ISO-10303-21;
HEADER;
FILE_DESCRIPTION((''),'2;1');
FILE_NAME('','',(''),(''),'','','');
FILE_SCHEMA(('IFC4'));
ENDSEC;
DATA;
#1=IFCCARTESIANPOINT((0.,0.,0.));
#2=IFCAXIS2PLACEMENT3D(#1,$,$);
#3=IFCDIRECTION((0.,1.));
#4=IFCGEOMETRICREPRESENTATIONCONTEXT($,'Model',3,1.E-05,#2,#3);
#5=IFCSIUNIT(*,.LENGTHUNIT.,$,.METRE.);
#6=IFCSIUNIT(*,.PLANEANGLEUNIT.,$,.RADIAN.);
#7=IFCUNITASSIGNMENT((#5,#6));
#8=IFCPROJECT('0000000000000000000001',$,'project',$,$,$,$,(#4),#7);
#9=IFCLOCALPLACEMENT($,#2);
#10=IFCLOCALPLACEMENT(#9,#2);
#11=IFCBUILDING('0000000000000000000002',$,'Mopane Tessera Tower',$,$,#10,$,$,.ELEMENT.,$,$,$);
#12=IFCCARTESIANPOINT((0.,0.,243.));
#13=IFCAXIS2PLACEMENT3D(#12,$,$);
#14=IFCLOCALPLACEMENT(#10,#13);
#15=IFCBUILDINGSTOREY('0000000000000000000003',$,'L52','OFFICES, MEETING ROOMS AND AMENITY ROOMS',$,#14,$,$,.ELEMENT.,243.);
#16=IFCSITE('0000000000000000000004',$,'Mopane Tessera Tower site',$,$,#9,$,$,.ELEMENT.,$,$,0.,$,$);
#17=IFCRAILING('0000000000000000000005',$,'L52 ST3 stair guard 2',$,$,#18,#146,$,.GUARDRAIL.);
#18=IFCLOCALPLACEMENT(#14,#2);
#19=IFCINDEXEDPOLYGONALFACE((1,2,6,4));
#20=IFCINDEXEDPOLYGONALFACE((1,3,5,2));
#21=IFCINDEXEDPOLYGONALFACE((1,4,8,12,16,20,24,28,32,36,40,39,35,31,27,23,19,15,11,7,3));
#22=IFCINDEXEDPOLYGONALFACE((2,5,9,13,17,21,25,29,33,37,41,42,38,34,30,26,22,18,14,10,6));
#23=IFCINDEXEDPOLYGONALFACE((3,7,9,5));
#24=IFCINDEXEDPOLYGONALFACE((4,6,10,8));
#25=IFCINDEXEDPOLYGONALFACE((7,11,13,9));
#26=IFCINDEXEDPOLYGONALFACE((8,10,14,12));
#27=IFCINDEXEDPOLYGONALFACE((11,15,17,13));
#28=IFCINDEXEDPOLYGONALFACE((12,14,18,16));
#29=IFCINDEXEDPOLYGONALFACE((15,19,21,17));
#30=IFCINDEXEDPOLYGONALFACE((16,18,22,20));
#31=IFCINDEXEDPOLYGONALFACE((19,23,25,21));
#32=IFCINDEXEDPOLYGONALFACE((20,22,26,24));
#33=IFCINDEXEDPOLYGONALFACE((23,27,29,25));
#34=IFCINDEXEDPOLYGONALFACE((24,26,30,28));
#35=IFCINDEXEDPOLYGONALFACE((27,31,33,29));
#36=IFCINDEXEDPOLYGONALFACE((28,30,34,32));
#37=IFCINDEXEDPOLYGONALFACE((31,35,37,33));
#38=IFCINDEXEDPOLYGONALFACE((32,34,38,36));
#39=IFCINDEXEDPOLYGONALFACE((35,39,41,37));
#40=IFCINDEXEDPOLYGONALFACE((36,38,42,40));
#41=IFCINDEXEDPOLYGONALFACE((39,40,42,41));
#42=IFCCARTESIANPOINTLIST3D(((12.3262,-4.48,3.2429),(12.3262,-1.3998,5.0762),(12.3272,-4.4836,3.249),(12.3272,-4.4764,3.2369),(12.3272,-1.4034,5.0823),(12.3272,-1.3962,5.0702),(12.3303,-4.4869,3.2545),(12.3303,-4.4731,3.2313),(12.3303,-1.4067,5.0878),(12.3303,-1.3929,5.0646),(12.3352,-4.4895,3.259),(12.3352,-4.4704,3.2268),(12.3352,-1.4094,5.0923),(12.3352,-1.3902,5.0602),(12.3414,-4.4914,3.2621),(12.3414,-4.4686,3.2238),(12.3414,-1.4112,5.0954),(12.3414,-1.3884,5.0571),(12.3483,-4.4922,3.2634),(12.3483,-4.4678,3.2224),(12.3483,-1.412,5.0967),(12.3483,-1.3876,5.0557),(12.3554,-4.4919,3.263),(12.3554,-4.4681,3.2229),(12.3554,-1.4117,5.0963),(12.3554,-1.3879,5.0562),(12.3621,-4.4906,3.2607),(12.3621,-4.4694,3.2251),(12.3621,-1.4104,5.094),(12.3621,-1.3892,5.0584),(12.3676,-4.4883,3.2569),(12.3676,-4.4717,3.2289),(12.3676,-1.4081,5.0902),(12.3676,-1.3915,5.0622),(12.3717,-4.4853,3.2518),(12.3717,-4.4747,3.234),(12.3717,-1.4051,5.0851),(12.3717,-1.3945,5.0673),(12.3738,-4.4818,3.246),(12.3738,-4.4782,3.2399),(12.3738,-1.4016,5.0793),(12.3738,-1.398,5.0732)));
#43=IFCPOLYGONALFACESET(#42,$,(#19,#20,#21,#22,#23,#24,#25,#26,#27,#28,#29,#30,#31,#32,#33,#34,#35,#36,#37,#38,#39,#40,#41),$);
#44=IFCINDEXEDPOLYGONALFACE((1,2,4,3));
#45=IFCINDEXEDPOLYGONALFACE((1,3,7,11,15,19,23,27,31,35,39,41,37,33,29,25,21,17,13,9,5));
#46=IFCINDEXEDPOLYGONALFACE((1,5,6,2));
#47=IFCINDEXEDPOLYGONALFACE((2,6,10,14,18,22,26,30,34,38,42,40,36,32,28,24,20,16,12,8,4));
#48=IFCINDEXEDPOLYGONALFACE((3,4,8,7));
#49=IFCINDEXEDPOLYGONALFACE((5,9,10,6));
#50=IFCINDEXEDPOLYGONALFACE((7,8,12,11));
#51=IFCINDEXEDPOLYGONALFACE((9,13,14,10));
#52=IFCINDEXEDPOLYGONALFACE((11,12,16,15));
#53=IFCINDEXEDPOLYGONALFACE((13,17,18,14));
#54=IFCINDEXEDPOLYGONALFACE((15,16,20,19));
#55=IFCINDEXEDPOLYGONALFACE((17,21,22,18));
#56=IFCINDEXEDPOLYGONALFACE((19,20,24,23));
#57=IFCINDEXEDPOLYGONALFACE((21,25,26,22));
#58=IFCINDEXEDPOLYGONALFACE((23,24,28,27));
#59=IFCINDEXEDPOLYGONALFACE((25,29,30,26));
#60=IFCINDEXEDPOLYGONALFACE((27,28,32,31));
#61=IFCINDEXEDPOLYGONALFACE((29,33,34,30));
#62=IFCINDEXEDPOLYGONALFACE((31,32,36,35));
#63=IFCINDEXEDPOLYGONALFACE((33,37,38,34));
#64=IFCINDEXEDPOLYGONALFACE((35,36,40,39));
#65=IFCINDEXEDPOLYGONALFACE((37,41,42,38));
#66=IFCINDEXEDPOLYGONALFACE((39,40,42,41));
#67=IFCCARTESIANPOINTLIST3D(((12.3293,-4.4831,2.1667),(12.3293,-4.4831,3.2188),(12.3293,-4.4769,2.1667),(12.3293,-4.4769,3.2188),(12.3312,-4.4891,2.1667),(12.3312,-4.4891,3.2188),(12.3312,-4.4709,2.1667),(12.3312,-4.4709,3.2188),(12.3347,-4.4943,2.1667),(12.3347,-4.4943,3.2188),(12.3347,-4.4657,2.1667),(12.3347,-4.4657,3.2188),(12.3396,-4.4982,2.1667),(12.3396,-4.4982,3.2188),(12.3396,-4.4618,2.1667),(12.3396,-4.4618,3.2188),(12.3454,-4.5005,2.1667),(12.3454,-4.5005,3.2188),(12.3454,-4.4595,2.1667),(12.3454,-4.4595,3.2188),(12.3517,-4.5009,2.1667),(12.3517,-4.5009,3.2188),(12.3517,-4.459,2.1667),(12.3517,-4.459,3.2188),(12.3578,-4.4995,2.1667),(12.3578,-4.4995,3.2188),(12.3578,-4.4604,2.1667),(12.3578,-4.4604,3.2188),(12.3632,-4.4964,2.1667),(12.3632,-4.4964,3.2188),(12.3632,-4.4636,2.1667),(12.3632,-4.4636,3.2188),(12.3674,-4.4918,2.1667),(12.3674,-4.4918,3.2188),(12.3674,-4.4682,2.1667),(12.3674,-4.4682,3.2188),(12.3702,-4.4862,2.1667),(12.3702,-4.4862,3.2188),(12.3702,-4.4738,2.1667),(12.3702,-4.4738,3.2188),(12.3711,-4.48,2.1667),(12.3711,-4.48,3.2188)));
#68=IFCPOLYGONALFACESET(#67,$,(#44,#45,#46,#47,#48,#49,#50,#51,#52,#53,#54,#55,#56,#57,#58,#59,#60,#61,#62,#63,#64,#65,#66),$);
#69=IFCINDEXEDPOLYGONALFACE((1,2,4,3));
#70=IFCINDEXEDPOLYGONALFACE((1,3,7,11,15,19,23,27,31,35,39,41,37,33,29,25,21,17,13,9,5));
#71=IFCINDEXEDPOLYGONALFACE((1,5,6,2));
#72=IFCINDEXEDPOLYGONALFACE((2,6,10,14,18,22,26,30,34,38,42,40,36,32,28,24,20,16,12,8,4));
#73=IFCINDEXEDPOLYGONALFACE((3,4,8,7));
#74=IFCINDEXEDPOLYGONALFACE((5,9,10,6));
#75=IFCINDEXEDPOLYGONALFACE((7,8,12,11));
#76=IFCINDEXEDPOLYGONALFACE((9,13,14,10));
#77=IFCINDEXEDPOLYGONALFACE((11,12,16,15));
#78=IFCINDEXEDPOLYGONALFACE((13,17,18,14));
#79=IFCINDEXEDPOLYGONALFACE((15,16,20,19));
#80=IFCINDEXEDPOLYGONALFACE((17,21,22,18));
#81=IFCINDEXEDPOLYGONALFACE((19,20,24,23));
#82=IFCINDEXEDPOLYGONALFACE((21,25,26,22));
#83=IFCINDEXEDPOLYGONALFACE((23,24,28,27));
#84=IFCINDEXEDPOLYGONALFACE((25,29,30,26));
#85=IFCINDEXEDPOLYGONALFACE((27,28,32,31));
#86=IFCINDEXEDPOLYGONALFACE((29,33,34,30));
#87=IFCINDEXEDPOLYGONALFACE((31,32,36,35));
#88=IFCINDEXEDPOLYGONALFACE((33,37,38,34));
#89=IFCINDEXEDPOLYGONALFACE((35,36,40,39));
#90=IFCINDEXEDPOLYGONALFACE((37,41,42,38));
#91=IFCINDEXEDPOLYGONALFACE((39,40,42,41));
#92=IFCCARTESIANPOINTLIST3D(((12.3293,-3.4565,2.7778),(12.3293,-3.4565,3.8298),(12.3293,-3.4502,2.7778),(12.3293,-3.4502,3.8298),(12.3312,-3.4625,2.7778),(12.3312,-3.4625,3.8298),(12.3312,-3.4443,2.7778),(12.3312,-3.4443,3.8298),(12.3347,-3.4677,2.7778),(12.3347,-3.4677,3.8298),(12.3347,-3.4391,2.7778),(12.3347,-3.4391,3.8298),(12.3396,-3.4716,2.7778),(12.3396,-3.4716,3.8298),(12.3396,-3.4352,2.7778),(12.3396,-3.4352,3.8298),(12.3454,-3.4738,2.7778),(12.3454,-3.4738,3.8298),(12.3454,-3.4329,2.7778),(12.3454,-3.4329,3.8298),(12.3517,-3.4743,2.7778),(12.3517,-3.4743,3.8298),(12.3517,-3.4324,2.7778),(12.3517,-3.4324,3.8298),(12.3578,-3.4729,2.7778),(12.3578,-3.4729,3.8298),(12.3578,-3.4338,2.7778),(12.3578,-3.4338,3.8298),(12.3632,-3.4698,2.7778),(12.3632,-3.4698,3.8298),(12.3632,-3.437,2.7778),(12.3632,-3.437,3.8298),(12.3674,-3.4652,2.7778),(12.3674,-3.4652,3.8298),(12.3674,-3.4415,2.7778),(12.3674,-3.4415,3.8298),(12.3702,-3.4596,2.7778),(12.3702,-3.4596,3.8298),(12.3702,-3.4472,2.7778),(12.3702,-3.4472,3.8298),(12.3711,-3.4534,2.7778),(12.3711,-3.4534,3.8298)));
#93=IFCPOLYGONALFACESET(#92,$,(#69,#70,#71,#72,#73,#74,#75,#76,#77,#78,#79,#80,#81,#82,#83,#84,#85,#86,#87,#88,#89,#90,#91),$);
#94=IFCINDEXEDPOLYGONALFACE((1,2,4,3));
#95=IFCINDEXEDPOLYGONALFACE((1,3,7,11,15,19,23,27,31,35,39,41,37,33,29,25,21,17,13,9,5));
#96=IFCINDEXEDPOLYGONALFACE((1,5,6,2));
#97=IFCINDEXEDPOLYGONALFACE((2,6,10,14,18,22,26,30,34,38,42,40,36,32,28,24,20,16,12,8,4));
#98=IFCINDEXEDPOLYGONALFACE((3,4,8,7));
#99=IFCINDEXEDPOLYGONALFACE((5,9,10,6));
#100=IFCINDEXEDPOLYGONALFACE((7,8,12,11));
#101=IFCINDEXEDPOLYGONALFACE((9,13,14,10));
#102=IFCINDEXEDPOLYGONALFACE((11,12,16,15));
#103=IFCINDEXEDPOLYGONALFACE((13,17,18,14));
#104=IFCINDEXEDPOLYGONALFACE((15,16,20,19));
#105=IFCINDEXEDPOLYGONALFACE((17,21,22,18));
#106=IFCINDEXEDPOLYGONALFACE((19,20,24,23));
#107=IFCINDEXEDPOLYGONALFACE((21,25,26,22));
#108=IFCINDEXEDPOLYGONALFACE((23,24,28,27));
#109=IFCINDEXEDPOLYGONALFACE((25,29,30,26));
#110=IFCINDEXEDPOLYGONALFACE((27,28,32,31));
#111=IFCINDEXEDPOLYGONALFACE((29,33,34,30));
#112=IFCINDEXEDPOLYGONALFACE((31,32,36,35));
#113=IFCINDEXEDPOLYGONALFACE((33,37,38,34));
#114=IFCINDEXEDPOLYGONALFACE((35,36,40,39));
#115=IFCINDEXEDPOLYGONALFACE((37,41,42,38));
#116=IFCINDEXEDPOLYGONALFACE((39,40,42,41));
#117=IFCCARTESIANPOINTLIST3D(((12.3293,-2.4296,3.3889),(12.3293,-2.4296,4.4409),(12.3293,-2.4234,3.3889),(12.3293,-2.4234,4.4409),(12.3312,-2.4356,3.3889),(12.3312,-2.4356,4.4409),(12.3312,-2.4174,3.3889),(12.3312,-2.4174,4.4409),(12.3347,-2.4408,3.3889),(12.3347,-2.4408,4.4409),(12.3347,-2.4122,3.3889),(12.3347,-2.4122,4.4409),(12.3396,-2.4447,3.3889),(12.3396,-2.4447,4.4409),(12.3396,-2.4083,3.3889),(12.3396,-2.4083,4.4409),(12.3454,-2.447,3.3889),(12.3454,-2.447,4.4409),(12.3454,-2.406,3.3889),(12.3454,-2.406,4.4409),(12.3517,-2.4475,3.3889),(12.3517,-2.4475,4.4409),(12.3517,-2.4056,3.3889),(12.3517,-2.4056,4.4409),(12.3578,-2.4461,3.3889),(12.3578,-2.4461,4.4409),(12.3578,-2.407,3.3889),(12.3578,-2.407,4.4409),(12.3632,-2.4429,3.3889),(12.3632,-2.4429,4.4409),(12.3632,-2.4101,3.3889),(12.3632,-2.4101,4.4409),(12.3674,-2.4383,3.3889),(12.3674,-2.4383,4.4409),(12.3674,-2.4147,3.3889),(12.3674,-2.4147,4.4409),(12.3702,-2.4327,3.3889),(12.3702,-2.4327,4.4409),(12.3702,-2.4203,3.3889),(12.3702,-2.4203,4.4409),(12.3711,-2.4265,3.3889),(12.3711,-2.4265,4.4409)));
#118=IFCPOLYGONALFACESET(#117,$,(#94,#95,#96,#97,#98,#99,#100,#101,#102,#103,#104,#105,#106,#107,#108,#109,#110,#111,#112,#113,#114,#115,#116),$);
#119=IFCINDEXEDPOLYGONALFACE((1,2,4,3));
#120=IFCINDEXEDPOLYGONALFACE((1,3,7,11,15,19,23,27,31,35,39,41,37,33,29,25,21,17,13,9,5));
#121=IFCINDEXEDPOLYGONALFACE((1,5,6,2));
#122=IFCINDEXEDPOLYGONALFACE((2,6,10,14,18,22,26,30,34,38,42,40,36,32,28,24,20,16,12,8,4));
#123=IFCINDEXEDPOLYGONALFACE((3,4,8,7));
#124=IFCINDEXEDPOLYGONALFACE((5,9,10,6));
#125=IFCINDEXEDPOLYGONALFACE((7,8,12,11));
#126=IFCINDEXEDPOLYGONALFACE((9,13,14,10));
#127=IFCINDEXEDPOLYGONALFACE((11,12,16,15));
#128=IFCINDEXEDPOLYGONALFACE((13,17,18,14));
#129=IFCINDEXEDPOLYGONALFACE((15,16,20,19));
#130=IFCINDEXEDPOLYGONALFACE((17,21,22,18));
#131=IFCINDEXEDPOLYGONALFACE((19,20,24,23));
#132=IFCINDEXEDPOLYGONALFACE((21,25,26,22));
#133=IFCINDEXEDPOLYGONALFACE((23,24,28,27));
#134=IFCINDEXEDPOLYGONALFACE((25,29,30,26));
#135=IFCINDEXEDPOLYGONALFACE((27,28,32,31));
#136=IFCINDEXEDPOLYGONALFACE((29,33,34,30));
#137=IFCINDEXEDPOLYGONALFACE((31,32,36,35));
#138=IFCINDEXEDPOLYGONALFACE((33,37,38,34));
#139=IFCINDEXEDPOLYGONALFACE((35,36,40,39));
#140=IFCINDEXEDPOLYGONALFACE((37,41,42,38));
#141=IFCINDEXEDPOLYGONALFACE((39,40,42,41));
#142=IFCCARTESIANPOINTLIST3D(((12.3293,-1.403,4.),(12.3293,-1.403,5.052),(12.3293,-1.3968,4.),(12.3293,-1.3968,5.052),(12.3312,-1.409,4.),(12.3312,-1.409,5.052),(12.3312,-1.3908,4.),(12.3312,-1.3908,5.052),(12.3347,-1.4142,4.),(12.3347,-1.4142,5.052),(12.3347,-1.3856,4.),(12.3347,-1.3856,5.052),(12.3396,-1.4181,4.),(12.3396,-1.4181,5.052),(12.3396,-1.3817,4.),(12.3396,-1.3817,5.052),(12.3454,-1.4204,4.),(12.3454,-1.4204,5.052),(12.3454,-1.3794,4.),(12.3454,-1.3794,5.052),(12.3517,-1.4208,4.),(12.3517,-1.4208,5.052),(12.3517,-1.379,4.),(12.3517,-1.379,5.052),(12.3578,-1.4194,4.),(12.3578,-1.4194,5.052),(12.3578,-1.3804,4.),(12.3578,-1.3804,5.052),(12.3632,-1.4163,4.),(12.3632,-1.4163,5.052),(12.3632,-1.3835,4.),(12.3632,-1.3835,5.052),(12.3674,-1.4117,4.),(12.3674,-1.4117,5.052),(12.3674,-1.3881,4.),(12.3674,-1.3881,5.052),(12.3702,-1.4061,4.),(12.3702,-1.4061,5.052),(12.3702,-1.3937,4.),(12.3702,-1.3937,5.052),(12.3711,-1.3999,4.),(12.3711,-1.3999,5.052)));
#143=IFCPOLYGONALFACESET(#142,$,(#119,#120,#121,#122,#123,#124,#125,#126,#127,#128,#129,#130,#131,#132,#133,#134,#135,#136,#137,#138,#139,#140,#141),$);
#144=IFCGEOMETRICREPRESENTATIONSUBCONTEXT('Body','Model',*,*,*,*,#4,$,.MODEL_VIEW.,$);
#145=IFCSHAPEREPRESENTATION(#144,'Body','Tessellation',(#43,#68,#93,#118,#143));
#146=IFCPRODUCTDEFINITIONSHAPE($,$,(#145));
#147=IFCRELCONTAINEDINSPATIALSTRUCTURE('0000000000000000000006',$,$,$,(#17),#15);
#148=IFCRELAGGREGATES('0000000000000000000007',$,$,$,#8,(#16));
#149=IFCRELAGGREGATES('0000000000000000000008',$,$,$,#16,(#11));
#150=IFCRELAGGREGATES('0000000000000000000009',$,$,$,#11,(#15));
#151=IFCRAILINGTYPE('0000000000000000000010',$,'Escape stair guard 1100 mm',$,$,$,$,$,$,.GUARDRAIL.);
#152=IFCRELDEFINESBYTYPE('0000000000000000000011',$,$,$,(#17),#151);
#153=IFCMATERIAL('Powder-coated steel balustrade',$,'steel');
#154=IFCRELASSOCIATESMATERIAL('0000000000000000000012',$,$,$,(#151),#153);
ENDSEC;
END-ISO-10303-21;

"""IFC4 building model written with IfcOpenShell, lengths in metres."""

from ifc_helpers import new_model, si_unit, direction, frame, origin, origin_2d, place, context, subcontext, project, spatial, circle, extrude, material, type_object, element, save


model = new_model("IFC4")

# Units and contexts
model_context = context("Model", 3, precision=1e-05, world=origin(), true_north=direction((0.0, 1.0)))
body_context = subcontext(model_context, "Body", "Model", "MODEL_VIEW")
ifc_project = project(units=[si_unit("LENGTHUNIT", "METRE"), si_unit("PLANEANGLEUNIT", "RADIAN")], contexts=[model_context])

# Site, building, storey
site_placement = place(None, origin())
site = spatial("IfcSite", under=ifc_project, at=site_placement, Name="Mopane Tessera Tower site", CompositionType="ELEMENT", RefElevation=0.0)
building_placement = place(site_placement, origin())
building = spatial("IfcBuilding", under=site, at=building_placement, Name="Mopane Tessera Tower", CompositionType="ELEMENT")
storey_placement = place(building_placement, frame((0.0, 0.0, 243.0)))
storey = spatial("IfcBuildingStorey", under=building, at=storey_placement, Name="L52", Description="OFFICES, MEETING ROOMS AND AMENITY ROOMS", CompositionType="ELEMENT", Elevation=243.0)

# Railing
ifc_material_1 = material(Name="Powder-coated steel balustrade", Category="steel")
railing_type_1 = type_object("IfcRailingType", Name="Escape stair guard 1100 mm", PredefinedType="GUARDRAIL", material=ifc_material_1)
railing_1_placement = place(storey_placement, frame((12.3501, -4.48, 2.1667)))
element("IfcRailing", 1, at=railing_1_placement, inside=storey, type_object=railing_type_1, Name="L52 ST3 stair guard 2", PredefinedType="GUARDRAIL", context=body_context, shape_type="SweptSolid", body=[
    extrude(circle(Radius=0.0239, at=origin_2d()), frame((0.0, 0.0, 1.0762), z_axis=(0.0, 0.859309, 0.511458), x_axis=(-1.0, 0.0, 0.0)), (0.0, 0.0, 1.0), 3.5845),
    extrude(circle(Radius=0.021, at=origin_2d()), origin(), (0.0, 0.0, 1.0), 1.052),
    extrude(circle(Radius=0.021, at=origin_2d()), frame((0.0, 1.0266, 0.6111)), (0.0, 0.0, 1.0), 1.052),
    extrude(circle(Radius=0.021, at=origin_2d()), frame((0.0, 2.0535, 1.2222)), (0.0, 0.0, 1.0), 1.052),
    extrude(circle(Radius=0.021, at=origin_2d()), frame((0.0, 3.0801, 1.8333)), (0.0, 0.0, 1.0), 1.052),
])

save(model, "model.ifc")
